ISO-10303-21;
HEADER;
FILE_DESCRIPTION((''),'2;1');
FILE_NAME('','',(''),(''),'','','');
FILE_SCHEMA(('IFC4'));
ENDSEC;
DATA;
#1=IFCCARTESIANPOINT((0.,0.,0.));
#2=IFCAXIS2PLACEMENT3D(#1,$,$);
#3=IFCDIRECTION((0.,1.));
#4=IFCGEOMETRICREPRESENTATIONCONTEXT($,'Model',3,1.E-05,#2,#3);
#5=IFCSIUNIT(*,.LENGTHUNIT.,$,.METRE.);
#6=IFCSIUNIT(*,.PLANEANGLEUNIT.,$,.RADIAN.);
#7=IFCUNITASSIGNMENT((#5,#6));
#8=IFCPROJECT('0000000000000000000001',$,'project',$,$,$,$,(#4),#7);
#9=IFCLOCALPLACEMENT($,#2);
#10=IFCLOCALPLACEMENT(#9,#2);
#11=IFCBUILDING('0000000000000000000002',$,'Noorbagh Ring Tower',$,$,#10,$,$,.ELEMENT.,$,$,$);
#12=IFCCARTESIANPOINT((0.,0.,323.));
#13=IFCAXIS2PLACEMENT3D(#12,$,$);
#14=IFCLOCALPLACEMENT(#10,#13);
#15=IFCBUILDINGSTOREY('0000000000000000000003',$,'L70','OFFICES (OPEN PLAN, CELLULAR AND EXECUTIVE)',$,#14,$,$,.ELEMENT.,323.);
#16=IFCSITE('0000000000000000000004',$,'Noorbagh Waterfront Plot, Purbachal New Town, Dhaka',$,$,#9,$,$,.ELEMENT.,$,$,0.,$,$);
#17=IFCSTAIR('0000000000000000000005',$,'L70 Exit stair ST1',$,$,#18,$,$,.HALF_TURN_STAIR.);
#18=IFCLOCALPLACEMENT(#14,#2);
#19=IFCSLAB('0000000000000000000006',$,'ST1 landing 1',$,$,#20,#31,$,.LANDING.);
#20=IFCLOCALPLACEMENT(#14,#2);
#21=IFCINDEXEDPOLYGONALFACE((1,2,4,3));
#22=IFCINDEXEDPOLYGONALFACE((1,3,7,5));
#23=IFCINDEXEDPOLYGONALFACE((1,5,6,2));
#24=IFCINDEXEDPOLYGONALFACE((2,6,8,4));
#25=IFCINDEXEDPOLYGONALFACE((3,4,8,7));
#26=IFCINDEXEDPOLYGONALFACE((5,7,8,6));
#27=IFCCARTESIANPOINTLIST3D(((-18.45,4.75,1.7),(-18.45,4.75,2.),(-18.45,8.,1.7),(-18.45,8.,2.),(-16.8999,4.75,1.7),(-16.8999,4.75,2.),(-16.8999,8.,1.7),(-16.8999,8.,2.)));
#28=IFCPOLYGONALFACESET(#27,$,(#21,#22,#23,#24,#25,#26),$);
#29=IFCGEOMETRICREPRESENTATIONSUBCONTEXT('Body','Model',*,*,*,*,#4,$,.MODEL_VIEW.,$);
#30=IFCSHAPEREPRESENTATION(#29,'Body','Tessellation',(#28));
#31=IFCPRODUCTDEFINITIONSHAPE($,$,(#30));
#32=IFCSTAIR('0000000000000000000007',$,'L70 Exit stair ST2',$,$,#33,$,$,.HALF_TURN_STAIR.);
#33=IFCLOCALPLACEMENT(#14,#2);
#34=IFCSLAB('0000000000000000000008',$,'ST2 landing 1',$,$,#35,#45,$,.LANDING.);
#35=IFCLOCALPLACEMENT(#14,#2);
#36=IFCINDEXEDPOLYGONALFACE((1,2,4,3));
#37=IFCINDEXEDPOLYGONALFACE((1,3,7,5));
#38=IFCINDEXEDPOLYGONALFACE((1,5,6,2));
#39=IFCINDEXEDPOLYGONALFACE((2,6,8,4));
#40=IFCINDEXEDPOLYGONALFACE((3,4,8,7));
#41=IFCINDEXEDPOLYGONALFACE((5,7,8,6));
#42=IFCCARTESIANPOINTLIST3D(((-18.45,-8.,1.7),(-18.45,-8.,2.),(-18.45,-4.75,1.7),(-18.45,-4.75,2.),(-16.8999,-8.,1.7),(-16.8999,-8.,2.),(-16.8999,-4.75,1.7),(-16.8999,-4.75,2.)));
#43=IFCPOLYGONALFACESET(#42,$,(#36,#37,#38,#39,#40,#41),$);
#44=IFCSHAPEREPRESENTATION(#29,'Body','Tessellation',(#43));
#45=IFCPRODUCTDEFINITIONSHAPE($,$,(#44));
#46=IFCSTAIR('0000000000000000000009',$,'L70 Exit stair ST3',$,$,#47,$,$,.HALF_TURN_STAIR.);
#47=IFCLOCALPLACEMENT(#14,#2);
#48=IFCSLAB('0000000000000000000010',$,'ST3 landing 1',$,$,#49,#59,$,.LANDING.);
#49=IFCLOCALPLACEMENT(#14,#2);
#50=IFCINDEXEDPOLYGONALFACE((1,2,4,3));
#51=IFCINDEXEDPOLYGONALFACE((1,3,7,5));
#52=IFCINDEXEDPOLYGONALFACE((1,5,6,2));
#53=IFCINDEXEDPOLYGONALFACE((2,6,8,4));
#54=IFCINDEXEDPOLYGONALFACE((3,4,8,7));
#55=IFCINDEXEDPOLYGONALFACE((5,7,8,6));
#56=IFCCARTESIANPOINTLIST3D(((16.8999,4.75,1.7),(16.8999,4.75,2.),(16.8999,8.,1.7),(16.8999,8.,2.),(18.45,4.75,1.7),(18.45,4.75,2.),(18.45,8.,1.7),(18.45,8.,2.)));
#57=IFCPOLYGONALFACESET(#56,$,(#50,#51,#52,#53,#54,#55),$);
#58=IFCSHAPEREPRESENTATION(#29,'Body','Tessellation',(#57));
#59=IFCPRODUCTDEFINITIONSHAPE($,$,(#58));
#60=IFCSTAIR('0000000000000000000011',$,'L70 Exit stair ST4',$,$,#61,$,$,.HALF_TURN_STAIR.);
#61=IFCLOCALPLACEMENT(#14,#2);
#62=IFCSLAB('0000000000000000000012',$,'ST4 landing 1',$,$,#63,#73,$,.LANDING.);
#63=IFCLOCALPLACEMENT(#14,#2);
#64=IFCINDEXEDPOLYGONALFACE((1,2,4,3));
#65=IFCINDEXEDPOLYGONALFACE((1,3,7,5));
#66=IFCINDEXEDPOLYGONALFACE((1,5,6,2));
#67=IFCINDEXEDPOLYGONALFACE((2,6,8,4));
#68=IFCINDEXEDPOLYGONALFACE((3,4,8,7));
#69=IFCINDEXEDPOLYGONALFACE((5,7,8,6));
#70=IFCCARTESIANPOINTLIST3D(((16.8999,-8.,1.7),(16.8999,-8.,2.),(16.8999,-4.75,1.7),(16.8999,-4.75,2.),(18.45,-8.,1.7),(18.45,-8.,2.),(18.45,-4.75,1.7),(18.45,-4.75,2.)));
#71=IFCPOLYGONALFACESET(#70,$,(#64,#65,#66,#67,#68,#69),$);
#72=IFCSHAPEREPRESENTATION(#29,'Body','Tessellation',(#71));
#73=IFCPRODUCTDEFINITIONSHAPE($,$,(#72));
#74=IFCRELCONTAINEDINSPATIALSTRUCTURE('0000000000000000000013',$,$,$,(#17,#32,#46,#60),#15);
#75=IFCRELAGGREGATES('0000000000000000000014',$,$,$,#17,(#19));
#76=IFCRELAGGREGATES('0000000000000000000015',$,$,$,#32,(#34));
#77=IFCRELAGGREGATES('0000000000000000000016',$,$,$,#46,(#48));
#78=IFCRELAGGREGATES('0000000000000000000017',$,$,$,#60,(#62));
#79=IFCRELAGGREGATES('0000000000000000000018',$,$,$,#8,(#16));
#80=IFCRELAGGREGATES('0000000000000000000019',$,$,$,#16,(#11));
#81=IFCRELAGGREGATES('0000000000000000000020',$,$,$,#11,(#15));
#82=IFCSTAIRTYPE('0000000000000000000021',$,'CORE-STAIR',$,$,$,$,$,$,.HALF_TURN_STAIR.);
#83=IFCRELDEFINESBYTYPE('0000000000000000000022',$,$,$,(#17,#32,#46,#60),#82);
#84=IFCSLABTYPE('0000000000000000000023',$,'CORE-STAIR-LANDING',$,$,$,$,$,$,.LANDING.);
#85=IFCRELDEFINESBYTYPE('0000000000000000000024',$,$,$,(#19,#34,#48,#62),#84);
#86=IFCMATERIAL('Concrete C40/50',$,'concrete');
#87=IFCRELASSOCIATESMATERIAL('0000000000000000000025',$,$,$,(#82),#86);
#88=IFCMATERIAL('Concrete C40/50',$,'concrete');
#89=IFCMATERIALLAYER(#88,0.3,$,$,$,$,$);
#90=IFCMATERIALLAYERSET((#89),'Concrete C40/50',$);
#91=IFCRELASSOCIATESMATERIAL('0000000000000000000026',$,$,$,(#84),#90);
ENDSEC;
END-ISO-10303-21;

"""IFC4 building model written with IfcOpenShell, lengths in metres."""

from ifc_helpers import new_model, si_unit, direction, frame, origin, place, context, subcontext, project, spatial, polyline, outline, extrude, material, layer, layer_set, type_object, element, aggregate, save


model = new_model("IFC4")

# Units and contexts
model_context = context("Model", 3, precision=1e-05, world=origin(), true_north=direction((0.0, 1.0)))
body_context = subcontext(model_context, "Body", "Model", "MODEL_VIEW")
ifc_project = project(units=[si_unit("LENGTHUNIT", "METRE"), si_unit("PLANEANGLEUNIT", "RADIAN")], contexts=[model_context])

# Site, building, storey
site_placement = place(None, origin())
site = spatial("IfcSite", under=ifc_project, at=site_placement, Name="Noorbagh Waterfront Plot, Purbachal New Town, Dhaka", CompositionType="ELEMENT", RefElevation=0.0)
building_placement = place(site_placement, origin())
building = spatial("IfcBuilding", under=site, at=building_placement, Name="Noorbagh Ring Tower", CompositionType="ELEMENT")
storey_placement = place(building_placement, frame((0.0, 0.0, 323.0)))
storey = spatial("IfcBuildingStorey", under=building, at=storey_placement, Name="L70", Description="OFFICES (OPEN PLAN, CELLULAR AND EXECUTIVE)", CompositionType="ELEMENT", Elevation=323.0)

# Stairs, slabs
ifc_material_1 = material(Name="Concrete C40/50", Category="concrete")
stair_type = type_object("IfcStairType", Name="CORE-STAIR", PredefinedType="HALF_TURN_STAIR", material=ifc_material_1)
stair_1_placement = place(storey_placement, origin())
stair_1 = element("IfcStair", 1, at=stair_1_placement, inside=storey, type_object=stair_type, Name="L70 Exit stair ST1", PredefinedType="HALF_TURN_STAIR")
ifc_material_2 = material(Name="Concrete C40/50", Category="concrete")
ifc_layer_1 = layer(ifc_material_2, 0.3)
ifc_layer_set_1 = layer_set([ifc_layer_1], Name="Concrete C40/50")
slab_type_1 = type_object("IfcSlabType", Name="CORE-STAIR-LANDING", PredefinedType="LANDING", material=ifc_layer_set_1)
slab_1_placement = place(storey_placement, frame((0.0, 0.0, 1.7)))
slab_1 = element("IfcSlab", 2, at=slab_1_placement, type_object=slab_type_1, Name="ST1 landing 1", PredefinedType="LANDING", context=body_context, shape_type="SweptSolid", body=[
    extrude(outline(polyline([(-18.45, 4.75), (-16.8999, 4.75), (-16.8999, 8.0), (-18.45, 8.0), (-18.45, 4.75)])), origin(), (0.0, 0.0, 1.0), 0.3),
])
aggregate(stair_1, [slab_1])
stair_2_placement = place(storey_placement, origin())
stair_2 = element("IfcStair", 3, at=stair_2_placement, inside=storey, type_object=stair_type, Name="L70 Exit stair ST2", PredefinedType="HALF_TURN_STAIR")
slab_2_placement = place(storey_placement, frame((0.0, 0.0, 1.7)))
slab_2 = element("IfcSlab", 4, at=slab_2_placement, type_object=slab_type_1, Name="ST2 landing 1", PredefinedType="LANDING", context=body_context, shape_type="SweptSolid", body=[
    extrude(outline(polyline([(-18.45, -8.0), (-16.8999, -8.0), (-16.8999, -4.75), (-18.45, -4.75), (-18.45, -8.0)])), origin(), (0.0, 0.0, 1.0), 0.3),
])
aggregate(stair_2, [slab_2])
stair_3_placement = place(storey_placement, origin())
stair_3 = element("IfcStair", 5, at=stair_3_placement, inside=storey, type_object=stair_type, Name="L70 Exit stair ST3", PredefinedType="HALF_TURN_STAIR")
slab_3_placement = place(storey_placement, frame((0.0, 0.0, 1.7)))
slab_3 = element("IfcSlab", 6, at=slab_3_placement, type_object=slab_type_1, Name="ST3 landing 1", PredefinedType="LANDING", context=body_context, shape_type="SweptSolid", body=[
    extrude(outline(polyline([(18.45, 8.0), (16.8999, 8.0), (16.8999, 4.75), (18.45, 4.75), (18.45, 8.0)])), origin(), (0.0, 0.0, 1.0), 0.3),
])
aggregate(stair_3, [slab_3])
stair_4_placement = place(storey_placement, origin())
stair_4 = element("IfcStair", 7, at=stair_4_placement, inside=storey, type_object=stair_type, Name="L70 Exit stair ST4", PredefinedType="HALF_TURN_STAIR")
slab_4_placement = place(storey_placement, frame((0.0, 0.0, 1.7)))
slab_4 = element("IfcSlab", 8, at=slab_4_placement, type_object=slab_type_1, Name="ST4 landing 1", PredefinedType="LANDING", context=body_context, shape_type="SweptSolid", body=[
    extrude(outline(polyline([(18.45, -4.75), (16.8999, -4.75), (16.8999, -8.0), (18.45, -8.0), (18.45, -4.75)])), origin(), (0.0, 0.0, 1.0), 0.3),
])
aggregate(stair_4, [slab_4])

save(model, "model.ifc")
